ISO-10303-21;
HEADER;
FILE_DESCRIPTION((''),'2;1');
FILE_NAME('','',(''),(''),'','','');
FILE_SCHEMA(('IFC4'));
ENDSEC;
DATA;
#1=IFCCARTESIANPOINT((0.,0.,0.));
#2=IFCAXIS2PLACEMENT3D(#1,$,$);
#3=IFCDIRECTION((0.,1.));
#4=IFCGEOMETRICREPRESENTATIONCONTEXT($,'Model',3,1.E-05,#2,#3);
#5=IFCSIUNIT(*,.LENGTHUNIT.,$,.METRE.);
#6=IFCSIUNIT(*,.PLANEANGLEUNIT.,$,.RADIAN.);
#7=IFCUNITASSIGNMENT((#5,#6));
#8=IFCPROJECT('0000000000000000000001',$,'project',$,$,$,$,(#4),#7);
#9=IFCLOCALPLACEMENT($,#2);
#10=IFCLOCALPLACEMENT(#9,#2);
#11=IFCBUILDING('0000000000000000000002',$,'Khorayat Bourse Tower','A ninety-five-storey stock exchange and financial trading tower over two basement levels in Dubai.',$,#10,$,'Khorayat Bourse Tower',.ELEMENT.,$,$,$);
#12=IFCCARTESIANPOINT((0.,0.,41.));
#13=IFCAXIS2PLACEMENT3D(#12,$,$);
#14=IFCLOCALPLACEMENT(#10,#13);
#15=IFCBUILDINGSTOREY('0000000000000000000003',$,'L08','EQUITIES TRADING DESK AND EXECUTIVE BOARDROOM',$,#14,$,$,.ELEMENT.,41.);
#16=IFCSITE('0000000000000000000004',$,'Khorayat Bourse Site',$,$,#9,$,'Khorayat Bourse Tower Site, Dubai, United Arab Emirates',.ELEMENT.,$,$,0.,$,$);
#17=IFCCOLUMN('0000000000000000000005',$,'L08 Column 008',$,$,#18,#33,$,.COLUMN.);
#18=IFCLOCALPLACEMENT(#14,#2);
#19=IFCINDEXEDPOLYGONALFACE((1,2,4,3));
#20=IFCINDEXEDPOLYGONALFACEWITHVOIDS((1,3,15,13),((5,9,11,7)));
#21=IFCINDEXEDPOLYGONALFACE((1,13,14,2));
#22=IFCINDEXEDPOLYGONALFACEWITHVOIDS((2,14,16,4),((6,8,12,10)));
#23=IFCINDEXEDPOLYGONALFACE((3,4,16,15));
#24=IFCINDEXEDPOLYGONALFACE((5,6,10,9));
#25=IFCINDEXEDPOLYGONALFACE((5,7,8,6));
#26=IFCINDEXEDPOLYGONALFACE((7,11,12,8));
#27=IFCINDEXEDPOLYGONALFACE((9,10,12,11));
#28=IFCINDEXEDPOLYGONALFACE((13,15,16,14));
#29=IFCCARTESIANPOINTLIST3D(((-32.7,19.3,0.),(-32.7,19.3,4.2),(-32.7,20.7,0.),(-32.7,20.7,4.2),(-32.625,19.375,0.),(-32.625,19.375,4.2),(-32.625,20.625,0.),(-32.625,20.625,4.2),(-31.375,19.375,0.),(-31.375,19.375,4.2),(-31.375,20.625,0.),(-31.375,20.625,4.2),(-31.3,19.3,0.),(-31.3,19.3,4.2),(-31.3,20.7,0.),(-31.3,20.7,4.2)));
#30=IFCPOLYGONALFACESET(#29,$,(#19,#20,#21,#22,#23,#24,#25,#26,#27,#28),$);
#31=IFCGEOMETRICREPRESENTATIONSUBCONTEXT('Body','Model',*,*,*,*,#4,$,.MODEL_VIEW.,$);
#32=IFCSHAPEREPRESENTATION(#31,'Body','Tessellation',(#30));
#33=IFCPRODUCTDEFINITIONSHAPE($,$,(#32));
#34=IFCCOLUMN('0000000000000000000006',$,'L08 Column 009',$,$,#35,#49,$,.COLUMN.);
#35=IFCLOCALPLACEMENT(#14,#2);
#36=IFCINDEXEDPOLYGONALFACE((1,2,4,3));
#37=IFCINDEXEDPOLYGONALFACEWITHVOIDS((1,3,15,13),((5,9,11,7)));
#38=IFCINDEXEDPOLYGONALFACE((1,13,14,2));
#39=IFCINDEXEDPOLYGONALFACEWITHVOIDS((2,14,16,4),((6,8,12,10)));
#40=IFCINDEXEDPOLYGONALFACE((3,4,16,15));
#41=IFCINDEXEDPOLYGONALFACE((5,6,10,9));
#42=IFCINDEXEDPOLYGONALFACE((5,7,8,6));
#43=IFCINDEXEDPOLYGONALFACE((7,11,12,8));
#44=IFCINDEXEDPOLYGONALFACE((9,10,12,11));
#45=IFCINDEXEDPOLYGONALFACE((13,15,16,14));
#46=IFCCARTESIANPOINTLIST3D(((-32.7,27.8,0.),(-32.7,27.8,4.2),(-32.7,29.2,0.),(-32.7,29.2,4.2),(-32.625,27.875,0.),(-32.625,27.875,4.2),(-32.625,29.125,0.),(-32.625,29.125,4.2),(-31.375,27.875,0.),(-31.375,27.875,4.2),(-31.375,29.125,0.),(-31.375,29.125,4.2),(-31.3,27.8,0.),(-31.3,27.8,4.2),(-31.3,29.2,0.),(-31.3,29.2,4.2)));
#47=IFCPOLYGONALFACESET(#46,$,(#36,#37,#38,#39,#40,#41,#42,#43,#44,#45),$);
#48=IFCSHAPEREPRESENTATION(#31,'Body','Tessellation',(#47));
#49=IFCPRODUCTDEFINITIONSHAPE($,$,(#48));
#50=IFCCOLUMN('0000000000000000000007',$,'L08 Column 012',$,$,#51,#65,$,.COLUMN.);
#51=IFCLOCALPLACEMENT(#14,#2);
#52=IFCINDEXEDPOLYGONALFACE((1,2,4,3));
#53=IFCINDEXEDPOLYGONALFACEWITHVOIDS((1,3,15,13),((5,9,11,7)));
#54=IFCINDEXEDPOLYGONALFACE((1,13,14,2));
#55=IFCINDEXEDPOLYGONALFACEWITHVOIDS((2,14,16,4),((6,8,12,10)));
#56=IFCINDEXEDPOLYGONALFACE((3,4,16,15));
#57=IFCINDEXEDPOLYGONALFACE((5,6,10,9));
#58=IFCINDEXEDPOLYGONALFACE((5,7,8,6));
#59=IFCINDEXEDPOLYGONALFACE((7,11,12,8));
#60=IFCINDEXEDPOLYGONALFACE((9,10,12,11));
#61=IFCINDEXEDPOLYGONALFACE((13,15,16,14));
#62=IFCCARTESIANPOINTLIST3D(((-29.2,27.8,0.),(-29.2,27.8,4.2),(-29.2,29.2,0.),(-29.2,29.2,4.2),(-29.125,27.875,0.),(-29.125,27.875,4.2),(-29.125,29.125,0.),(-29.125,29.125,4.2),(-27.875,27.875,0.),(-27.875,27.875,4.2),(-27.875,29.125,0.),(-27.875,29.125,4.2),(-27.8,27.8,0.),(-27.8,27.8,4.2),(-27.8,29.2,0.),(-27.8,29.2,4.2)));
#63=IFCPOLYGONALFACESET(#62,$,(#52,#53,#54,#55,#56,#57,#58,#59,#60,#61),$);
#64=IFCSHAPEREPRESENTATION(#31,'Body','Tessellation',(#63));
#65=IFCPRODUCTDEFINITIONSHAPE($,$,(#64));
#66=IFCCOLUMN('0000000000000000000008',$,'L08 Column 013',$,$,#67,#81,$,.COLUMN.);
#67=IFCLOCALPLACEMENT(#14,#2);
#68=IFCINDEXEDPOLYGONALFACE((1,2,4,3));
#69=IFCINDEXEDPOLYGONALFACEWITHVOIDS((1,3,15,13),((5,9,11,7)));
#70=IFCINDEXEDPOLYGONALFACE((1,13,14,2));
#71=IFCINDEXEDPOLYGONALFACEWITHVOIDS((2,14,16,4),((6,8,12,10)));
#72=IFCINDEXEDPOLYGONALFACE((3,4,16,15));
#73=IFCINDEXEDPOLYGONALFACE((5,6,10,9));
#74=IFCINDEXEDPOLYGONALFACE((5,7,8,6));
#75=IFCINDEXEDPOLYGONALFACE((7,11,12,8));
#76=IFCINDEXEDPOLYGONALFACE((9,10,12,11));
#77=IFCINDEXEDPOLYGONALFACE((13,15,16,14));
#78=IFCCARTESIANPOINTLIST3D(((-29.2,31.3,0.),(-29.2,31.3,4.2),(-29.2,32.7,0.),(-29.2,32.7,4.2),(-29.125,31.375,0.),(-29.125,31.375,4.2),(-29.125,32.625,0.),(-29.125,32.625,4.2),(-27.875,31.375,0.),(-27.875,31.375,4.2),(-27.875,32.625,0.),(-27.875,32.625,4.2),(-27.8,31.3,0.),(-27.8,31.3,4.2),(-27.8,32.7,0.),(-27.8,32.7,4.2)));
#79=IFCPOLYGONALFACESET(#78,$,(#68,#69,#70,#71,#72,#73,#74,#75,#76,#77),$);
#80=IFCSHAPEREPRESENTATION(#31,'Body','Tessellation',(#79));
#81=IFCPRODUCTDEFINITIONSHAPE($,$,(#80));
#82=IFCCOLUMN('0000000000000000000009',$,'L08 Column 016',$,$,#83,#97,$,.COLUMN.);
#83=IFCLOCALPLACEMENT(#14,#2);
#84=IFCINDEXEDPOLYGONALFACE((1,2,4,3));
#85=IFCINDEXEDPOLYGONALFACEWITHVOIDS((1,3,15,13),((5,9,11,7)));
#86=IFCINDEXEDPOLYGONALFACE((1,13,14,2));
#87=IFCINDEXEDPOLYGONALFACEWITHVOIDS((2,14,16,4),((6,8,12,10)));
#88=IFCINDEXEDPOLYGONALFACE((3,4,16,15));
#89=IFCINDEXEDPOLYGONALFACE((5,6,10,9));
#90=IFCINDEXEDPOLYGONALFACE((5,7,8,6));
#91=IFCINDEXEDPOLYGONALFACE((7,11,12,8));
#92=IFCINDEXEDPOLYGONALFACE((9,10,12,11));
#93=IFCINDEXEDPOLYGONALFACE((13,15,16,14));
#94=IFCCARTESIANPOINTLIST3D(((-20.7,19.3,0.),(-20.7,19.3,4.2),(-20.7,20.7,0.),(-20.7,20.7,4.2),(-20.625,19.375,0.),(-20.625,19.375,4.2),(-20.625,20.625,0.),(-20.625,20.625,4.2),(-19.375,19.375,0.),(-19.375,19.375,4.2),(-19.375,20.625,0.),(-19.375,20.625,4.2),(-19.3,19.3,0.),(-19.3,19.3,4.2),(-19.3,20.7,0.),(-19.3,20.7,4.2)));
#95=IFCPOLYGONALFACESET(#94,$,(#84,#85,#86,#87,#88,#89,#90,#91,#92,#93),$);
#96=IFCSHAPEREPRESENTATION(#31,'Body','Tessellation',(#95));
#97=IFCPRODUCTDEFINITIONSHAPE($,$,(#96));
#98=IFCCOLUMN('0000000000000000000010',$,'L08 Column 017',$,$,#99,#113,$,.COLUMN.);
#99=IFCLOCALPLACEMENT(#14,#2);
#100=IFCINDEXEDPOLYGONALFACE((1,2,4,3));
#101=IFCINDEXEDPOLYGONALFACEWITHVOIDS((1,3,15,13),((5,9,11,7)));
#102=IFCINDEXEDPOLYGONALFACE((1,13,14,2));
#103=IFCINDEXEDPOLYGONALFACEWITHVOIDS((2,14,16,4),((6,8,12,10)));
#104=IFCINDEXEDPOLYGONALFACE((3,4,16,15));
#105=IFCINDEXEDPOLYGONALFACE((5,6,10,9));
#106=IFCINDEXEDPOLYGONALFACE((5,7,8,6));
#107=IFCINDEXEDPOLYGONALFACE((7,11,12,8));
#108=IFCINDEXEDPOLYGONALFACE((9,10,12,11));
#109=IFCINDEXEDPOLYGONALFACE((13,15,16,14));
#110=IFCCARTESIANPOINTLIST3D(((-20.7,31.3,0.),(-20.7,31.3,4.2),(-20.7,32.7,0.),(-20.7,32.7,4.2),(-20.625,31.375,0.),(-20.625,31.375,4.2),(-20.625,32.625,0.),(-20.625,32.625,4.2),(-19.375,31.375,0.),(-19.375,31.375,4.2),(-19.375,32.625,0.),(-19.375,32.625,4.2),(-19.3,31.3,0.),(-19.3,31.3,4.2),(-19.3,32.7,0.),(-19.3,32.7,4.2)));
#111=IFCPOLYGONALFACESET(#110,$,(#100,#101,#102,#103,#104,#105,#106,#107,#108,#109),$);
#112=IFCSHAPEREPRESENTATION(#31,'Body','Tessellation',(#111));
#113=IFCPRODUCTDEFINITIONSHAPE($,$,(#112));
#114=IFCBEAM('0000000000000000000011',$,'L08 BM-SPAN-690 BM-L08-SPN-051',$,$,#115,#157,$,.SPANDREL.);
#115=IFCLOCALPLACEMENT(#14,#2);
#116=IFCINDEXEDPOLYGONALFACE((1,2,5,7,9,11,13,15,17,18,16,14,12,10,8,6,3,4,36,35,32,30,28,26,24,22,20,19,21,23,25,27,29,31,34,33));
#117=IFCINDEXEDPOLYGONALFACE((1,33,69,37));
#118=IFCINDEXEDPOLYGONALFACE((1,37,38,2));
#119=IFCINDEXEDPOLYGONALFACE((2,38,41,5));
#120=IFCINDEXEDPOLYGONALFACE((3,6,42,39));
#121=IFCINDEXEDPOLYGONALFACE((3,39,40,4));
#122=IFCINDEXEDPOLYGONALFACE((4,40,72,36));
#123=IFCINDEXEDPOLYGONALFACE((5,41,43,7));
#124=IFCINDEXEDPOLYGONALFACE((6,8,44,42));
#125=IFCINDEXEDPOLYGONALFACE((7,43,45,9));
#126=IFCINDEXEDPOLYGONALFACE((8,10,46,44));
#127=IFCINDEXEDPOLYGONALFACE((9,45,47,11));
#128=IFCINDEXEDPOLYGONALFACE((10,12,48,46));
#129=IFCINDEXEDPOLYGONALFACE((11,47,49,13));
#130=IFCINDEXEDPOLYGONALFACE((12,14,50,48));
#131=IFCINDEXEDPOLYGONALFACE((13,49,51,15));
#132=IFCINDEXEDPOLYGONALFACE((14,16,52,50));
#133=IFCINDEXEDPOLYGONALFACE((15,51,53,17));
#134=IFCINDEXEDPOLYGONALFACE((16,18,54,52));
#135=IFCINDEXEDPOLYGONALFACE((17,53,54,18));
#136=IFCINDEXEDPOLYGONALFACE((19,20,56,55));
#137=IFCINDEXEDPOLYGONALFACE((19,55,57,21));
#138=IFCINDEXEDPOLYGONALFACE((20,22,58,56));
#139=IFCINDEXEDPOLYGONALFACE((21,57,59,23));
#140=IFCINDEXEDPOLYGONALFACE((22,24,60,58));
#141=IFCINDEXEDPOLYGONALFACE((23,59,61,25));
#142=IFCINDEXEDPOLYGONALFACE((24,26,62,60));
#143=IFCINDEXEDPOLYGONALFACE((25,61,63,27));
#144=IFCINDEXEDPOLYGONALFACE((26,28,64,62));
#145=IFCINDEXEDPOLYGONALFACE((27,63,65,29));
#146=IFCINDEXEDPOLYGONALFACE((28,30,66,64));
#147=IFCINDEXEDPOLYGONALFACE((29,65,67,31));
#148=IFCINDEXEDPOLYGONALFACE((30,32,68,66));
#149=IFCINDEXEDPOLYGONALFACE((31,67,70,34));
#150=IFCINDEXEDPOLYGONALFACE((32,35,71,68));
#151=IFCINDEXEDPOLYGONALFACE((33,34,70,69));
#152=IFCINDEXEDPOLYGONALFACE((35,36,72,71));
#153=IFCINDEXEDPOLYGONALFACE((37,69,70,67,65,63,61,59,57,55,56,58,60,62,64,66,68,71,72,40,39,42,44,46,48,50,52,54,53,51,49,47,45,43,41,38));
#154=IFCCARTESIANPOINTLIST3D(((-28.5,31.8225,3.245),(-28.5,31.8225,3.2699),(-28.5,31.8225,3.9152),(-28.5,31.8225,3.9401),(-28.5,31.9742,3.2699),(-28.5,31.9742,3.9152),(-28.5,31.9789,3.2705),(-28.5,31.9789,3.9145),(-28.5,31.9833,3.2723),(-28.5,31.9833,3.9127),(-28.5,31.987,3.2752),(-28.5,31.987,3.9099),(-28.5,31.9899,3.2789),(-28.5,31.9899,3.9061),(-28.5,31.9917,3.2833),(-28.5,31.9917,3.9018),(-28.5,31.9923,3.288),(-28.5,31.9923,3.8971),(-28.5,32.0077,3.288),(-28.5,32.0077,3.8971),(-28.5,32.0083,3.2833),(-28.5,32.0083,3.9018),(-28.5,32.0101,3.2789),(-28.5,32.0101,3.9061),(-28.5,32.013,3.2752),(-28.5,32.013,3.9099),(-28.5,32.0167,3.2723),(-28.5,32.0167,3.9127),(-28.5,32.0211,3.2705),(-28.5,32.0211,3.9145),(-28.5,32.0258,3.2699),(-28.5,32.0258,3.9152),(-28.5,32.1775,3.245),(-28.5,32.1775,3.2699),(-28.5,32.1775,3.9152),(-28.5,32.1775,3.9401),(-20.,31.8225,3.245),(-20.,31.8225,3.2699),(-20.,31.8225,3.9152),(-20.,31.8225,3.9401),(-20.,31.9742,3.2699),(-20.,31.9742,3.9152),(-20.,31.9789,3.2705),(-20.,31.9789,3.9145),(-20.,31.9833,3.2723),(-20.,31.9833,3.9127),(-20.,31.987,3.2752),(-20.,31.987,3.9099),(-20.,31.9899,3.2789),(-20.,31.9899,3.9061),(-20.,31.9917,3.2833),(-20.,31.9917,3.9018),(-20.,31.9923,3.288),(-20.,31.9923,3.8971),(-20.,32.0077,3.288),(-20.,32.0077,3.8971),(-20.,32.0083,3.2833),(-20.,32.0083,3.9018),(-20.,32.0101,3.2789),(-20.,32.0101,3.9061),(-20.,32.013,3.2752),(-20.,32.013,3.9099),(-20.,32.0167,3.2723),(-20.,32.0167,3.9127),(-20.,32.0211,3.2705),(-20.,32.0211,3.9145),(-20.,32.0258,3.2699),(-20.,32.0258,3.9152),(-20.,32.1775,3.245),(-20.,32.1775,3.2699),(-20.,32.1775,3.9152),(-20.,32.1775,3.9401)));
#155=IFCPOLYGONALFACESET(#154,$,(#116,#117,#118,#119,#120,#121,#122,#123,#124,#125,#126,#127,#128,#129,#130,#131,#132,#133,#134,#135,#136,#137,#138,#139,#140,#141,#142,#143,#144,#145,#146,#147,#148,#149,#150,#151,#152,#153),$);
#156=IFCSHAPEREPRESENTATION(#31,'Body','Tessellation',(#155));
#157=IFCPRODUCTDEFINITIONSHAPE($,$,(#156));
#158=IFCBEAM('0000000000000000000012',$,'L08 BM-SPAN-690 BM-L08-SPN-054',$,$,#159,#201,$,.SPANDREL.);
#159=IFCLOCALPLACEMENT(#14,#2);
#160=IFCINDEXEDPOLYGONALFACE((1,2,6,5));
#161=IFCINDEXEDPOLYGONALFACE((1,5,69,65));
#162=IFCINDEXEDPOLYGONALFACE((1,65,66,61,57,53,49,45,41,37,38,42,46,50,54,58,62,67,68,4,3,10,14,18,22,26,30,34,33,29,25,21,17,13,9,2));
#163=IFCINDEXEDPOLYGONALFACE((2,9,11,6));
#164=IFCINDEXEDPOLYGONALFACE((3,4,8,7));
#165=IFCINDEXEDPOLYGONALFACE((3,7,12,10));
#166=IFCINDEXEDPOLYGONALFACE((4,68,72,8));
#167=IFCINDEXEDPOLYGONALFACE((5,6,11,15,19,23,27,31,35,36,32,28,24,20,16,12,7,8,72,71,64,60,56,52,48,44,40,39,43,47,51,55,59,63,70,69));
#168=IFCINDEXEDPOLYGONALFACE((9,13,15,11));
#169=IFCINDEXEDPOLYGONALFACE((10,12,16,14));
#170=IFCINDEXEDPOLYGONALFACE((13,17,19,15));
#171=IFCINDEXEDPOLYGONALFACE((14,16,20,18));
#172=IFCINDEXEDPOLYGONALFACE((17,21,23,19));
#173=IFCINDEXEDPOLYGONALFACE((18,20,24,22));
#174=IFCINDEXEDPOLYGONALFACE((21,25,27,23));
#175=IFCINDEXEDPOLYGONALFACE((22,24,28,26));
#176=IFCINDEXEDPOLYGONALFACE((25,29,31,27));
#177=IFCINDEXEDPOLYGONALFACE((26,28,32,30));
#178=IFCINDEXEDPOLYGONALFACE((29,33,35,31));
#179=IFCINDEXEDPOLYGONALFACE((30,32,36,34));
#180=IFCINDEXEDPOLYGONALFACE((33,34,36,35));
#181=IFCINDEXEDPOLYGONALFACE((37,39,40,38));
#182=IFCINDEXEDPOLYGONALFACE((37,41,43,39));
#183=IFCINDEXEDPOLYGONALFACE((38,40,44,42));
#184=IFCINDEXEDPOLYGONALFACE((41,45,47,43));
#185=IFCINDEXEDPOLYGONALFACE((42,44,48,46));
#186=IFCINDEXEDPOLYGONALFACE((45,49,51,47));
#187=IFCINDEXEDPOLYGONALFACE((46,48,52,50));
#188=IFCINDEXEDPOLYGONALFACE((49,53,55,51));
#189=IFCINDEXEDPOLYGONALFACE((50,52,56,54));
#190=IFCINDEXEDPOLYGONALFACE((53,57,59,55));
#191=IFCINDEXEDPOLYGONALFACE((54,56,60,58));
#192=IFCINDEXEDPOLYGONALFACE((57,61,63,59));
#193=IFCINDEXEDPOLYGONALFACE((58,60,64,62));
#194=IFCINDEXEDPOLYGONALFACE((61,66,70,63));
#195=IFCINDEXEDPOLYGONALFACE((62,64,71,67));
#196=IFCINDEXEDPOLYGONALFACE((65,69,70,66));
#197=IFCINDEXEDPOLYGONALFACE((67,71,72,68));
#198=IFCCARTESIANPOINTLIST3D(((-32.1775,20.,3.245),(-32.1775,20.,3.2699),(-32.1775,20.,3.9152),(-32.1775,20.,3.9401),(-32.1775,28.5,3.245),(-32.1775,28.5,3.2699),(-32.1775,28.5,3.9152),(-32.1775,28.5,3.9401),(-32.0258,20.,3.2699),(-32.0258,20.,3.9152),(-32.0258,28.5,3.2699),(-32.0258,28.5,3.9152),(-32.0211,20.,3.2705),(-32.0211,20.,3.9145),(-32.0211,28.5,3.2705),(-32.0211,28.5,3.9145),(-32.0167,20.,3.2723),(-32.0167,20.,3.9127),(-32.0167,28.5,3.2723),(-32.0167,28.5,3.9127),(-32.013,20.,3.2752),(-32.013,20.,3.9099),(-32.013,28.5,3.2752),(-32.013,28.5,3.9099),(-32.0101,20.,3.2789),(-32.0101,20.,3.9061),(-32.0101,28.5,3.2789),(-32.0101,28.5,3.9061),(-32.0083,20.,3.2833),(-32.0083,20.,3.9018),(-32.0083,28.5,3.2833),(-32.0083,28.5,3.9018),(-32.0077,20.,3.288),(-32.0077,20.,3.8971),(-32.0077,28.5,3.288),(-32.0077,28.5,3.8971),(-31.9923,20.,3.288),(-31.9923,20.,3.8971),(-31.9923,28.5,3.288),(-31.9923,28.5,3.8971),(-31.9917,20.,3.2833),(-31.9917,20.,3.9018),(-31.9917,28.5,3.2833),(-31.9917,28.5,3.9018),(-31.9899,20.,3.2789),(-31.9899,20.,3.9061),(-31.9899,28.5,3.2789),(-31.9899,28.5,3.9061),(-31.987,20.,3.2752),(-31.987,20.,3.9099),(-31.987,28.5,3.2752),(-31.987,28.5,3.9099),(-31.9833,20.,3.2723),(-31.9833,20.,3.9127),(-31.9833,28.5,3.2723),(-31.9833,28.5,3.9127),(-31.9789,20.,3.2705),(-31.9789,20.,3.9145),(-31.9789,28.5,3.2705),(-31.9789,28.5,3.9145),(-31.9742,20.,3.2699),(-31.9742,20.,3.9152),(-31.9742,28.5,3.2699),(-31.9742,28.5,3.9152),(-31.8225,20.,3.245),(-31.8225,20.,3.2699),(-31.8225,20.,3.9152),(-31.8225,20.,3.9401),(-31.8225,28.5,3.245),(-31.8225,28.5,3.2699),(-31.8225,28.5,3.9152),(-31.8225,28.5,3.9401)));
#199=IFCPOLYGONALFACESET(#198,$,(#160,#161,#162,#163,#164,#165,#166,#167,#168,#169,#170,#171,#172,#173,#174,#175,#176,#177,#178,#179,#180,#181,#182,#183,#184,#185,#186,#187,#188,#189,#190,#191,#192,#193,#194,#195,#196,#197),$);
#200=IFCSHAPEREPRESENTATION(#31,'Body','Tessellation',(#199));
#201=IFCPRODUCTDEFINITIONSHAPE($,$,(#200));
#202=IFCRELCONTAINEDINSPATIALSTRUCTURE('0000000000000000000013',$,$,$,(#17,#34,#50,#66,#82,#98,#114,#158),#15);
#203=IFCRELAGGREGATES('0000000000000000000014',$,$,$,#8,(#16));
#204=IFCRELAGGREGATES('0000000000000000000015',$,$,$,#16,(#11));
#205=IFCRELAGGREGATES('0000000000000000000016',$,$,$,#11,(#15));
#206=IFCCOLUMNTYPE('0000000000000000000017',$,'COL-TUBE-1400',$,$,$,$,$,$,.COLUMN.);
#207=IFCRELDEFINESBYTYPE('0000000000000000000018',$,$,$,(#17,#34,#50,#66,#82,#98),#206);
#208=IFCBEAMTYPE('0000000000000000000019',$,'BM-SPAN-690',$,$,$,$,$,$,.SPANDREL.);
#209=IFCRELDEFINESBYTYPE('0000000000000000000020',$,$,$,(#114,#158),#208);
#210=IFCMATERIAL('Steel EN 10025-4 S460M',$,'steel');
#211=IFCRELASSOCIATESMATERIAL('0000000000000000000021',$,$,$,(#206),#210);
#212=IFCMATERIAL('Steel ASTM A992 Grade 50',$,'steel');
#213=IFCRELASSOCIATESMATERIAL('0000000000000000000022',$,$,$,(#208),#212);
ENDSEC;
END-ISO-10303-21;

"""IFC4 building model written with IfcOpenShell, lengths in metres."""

from ifc_helpers import new_model, si_unit, direction, frame, origin, origin_2d, place, context, subcontext, project, spatial, hollow_rectangle, i_section, extrude, source, transform, mapped, material, material_profile, profile_set, type_object, element, save


model = new_model("IFC4")

# Units and contexts
model_context = context("Model", 3, precision=1e-05, world=origin(), true_north=direction((0.0, 1.0)))
body_context = subcontext(model_context, "Body", "Model", "MODEL_VIEW")
ifc_project = project(units=[si_unit("LENGTHUNIT", "METRE"), si_unit("PLANEANGLEUNIT", "RADIAN")], contexts=[model_context])

# Site, building, storey
site_placement = place(None, origin())
site = spatial("IfcSite", under=ifc_project, at=site_placement, Name="Khorayat Bourse Site", LongName="Khorayat Bourse Tower Site, Dubai, United Arab Emirates", CompositionType="ELEMENT", RefElevation=0.0)
building_placement = place(site_placement, origin())
building = spatial("IfcBuilding", under=site, at=building_placement, Name="Khorayat Bourse Tower", Description="A ninety-five-storey stock exchange and financial trading tower over two basement levels in Dubai.", LongName="Khorayat Bourse Tower", CompositionType="ELEMENT")
storey_placement = place(building_placement, frame((0.0, 0.0, 41.0)))
storey = spatial("IfcBuildingStorey", under=building, at=storey_placement, Name="L08", Description="EQUITIES TRADING DESK AND EXECUTIVE BOARDROOM", CompositionType="ELEMENT", Elevation=41.0)

# Columns
ifc_material_1 = material(Name="Steel EN 10025-4 S460M", Category="steel")
ifc_material_profile_1 = material_profile(ifc_material_1, hollow_rectangle(XDim=1.3999, YDim=1.3999, WallThickness=0.075, at=origin_2d()), Name="BOX 1400x1400x75")
ifc_profile_set_1 = profile_set([ifc_material_profile_1], Name="Steel EN 10025-4 S460M")
column_type = type_object("IfcColumnType", Name="COL-TUBE-1400", PredefinedType="COLUMN", material=ifc_profile_set_1)
shared_shape_1 = source(origin(), body_context, "Body", "SweptSolid", [
    extrude(hollow_rectangle(XDim=1.3999, YDim=1.3999, WallThickness=0.075, at=origin_2d()), origin(), (0.0, 0.0, 1.0), 4.2),
])
for number, where, z_axis, x_axis, name in (
    (1, (-32.0, 20.0, 0.0), (0.0, 0.0, 1.0), (1.0, 0.0, 0.0), "L08 Column 008"),
    (2, (-32.0, 28.5, 0.0), (0.0, 0.0, 1.0), (1.0, 0.0, 0.0), "L08 Column 009"),
    (3, (-28.5, 28.5, 0.0), (0.0, 0.0, 1.0), (1.0, 0.0, 0.0), "L08 Column 012"),
    (4, (-28.5, 32.0, 0.0), (0.0, 0.0, 1.0), (1.0, 0.0, 0.0), "L08 Column 013"),
    (5, (-20.0, 20.0, 0.0), (0.0, 0.0, 1.0), (1.0, 0.0, 0.0), "L08 Column 016"),
    (6, (-20.0, 32.0, 0.0), (0.0, 0.0, 1.0), (1.0, 0.0, 0.0), "L08 Column 017"),
):
    element("IfcColumn", number, at=place(storey_placement, frame(where, z_axis=z_axis, x_axis=x_axis)), inside=storey, type_object=column_type, Name=name, PredefinedType="COLUMN", context=body_context, shape_type="MappedRepresentation", body=[
        mapped(shared_shape_1, transform((0.0, 0.0, 0.0), scale=1.0)),
    ])

# Beams
ifc_material_2 = material(Name="Steel ASTM A992 Grade 50", Category="steel")
ifc_material_profile_2 = material_profile(ifc_material_2, i_section(OverallWidth=0.355, OverallDepth=0.6951, WebThickness=0.0154, FlangeThickness=0.0249, FilletRadius=0.0181, at=origin_2d()), Name="W690X217")
ifc_profile_set_2 = profile_set([ifc_material_profile_2], Name="Steel ASTM A992 Grade 50")
beam_type_1 = type_object("IfcBeamType", Name="BM-SPAN-690", PredefinedType="SPANDREL", material=ifc_profile_set_2)
shared_shape_2 = source(origin(), body_context, "Body", "SweptSolid", [
    extrude(i_section(OverallWidth=0.355, OverallDepth=0.6951, WebThickness=0.0154, FlangeThickness=0.0249, FilletRadius=0.0181, at=origin_2d()), origin(), (0.0, 0.0, 1.0), 8.5),
])
for number, where, z_axis, x_axis, name in (
    (7, (-28.5, 32.0, 3.5925), (1.0, 0.0, 0.0), (0.0, 1.0, 0.0), "L08 BM-SPAN-690 BM-L08-SPN-051"),
    (8, (-32.0, 20.0, 3.5925), (0.0, 1.0, 0.0), (-1.0, 0.0, 0.0), "L08 BM-SPAN-690 BM-L08-SPN-054"),
):
    element("IfcBeam", number, at=place(storey_placement, frame(where, z_axis=z_axis, x_axis=x_axis)), inside=storey, type_object=beam_type_1, Name=name, PredefinedType="SPANDREL", context=body_context, shape_type="MappedRepresentation", body=[
        mapped(shared_shape_2, transform((0.0, 0.0, 0.0), scale=1.0)),
    ])

save(model, "model.ifc")
